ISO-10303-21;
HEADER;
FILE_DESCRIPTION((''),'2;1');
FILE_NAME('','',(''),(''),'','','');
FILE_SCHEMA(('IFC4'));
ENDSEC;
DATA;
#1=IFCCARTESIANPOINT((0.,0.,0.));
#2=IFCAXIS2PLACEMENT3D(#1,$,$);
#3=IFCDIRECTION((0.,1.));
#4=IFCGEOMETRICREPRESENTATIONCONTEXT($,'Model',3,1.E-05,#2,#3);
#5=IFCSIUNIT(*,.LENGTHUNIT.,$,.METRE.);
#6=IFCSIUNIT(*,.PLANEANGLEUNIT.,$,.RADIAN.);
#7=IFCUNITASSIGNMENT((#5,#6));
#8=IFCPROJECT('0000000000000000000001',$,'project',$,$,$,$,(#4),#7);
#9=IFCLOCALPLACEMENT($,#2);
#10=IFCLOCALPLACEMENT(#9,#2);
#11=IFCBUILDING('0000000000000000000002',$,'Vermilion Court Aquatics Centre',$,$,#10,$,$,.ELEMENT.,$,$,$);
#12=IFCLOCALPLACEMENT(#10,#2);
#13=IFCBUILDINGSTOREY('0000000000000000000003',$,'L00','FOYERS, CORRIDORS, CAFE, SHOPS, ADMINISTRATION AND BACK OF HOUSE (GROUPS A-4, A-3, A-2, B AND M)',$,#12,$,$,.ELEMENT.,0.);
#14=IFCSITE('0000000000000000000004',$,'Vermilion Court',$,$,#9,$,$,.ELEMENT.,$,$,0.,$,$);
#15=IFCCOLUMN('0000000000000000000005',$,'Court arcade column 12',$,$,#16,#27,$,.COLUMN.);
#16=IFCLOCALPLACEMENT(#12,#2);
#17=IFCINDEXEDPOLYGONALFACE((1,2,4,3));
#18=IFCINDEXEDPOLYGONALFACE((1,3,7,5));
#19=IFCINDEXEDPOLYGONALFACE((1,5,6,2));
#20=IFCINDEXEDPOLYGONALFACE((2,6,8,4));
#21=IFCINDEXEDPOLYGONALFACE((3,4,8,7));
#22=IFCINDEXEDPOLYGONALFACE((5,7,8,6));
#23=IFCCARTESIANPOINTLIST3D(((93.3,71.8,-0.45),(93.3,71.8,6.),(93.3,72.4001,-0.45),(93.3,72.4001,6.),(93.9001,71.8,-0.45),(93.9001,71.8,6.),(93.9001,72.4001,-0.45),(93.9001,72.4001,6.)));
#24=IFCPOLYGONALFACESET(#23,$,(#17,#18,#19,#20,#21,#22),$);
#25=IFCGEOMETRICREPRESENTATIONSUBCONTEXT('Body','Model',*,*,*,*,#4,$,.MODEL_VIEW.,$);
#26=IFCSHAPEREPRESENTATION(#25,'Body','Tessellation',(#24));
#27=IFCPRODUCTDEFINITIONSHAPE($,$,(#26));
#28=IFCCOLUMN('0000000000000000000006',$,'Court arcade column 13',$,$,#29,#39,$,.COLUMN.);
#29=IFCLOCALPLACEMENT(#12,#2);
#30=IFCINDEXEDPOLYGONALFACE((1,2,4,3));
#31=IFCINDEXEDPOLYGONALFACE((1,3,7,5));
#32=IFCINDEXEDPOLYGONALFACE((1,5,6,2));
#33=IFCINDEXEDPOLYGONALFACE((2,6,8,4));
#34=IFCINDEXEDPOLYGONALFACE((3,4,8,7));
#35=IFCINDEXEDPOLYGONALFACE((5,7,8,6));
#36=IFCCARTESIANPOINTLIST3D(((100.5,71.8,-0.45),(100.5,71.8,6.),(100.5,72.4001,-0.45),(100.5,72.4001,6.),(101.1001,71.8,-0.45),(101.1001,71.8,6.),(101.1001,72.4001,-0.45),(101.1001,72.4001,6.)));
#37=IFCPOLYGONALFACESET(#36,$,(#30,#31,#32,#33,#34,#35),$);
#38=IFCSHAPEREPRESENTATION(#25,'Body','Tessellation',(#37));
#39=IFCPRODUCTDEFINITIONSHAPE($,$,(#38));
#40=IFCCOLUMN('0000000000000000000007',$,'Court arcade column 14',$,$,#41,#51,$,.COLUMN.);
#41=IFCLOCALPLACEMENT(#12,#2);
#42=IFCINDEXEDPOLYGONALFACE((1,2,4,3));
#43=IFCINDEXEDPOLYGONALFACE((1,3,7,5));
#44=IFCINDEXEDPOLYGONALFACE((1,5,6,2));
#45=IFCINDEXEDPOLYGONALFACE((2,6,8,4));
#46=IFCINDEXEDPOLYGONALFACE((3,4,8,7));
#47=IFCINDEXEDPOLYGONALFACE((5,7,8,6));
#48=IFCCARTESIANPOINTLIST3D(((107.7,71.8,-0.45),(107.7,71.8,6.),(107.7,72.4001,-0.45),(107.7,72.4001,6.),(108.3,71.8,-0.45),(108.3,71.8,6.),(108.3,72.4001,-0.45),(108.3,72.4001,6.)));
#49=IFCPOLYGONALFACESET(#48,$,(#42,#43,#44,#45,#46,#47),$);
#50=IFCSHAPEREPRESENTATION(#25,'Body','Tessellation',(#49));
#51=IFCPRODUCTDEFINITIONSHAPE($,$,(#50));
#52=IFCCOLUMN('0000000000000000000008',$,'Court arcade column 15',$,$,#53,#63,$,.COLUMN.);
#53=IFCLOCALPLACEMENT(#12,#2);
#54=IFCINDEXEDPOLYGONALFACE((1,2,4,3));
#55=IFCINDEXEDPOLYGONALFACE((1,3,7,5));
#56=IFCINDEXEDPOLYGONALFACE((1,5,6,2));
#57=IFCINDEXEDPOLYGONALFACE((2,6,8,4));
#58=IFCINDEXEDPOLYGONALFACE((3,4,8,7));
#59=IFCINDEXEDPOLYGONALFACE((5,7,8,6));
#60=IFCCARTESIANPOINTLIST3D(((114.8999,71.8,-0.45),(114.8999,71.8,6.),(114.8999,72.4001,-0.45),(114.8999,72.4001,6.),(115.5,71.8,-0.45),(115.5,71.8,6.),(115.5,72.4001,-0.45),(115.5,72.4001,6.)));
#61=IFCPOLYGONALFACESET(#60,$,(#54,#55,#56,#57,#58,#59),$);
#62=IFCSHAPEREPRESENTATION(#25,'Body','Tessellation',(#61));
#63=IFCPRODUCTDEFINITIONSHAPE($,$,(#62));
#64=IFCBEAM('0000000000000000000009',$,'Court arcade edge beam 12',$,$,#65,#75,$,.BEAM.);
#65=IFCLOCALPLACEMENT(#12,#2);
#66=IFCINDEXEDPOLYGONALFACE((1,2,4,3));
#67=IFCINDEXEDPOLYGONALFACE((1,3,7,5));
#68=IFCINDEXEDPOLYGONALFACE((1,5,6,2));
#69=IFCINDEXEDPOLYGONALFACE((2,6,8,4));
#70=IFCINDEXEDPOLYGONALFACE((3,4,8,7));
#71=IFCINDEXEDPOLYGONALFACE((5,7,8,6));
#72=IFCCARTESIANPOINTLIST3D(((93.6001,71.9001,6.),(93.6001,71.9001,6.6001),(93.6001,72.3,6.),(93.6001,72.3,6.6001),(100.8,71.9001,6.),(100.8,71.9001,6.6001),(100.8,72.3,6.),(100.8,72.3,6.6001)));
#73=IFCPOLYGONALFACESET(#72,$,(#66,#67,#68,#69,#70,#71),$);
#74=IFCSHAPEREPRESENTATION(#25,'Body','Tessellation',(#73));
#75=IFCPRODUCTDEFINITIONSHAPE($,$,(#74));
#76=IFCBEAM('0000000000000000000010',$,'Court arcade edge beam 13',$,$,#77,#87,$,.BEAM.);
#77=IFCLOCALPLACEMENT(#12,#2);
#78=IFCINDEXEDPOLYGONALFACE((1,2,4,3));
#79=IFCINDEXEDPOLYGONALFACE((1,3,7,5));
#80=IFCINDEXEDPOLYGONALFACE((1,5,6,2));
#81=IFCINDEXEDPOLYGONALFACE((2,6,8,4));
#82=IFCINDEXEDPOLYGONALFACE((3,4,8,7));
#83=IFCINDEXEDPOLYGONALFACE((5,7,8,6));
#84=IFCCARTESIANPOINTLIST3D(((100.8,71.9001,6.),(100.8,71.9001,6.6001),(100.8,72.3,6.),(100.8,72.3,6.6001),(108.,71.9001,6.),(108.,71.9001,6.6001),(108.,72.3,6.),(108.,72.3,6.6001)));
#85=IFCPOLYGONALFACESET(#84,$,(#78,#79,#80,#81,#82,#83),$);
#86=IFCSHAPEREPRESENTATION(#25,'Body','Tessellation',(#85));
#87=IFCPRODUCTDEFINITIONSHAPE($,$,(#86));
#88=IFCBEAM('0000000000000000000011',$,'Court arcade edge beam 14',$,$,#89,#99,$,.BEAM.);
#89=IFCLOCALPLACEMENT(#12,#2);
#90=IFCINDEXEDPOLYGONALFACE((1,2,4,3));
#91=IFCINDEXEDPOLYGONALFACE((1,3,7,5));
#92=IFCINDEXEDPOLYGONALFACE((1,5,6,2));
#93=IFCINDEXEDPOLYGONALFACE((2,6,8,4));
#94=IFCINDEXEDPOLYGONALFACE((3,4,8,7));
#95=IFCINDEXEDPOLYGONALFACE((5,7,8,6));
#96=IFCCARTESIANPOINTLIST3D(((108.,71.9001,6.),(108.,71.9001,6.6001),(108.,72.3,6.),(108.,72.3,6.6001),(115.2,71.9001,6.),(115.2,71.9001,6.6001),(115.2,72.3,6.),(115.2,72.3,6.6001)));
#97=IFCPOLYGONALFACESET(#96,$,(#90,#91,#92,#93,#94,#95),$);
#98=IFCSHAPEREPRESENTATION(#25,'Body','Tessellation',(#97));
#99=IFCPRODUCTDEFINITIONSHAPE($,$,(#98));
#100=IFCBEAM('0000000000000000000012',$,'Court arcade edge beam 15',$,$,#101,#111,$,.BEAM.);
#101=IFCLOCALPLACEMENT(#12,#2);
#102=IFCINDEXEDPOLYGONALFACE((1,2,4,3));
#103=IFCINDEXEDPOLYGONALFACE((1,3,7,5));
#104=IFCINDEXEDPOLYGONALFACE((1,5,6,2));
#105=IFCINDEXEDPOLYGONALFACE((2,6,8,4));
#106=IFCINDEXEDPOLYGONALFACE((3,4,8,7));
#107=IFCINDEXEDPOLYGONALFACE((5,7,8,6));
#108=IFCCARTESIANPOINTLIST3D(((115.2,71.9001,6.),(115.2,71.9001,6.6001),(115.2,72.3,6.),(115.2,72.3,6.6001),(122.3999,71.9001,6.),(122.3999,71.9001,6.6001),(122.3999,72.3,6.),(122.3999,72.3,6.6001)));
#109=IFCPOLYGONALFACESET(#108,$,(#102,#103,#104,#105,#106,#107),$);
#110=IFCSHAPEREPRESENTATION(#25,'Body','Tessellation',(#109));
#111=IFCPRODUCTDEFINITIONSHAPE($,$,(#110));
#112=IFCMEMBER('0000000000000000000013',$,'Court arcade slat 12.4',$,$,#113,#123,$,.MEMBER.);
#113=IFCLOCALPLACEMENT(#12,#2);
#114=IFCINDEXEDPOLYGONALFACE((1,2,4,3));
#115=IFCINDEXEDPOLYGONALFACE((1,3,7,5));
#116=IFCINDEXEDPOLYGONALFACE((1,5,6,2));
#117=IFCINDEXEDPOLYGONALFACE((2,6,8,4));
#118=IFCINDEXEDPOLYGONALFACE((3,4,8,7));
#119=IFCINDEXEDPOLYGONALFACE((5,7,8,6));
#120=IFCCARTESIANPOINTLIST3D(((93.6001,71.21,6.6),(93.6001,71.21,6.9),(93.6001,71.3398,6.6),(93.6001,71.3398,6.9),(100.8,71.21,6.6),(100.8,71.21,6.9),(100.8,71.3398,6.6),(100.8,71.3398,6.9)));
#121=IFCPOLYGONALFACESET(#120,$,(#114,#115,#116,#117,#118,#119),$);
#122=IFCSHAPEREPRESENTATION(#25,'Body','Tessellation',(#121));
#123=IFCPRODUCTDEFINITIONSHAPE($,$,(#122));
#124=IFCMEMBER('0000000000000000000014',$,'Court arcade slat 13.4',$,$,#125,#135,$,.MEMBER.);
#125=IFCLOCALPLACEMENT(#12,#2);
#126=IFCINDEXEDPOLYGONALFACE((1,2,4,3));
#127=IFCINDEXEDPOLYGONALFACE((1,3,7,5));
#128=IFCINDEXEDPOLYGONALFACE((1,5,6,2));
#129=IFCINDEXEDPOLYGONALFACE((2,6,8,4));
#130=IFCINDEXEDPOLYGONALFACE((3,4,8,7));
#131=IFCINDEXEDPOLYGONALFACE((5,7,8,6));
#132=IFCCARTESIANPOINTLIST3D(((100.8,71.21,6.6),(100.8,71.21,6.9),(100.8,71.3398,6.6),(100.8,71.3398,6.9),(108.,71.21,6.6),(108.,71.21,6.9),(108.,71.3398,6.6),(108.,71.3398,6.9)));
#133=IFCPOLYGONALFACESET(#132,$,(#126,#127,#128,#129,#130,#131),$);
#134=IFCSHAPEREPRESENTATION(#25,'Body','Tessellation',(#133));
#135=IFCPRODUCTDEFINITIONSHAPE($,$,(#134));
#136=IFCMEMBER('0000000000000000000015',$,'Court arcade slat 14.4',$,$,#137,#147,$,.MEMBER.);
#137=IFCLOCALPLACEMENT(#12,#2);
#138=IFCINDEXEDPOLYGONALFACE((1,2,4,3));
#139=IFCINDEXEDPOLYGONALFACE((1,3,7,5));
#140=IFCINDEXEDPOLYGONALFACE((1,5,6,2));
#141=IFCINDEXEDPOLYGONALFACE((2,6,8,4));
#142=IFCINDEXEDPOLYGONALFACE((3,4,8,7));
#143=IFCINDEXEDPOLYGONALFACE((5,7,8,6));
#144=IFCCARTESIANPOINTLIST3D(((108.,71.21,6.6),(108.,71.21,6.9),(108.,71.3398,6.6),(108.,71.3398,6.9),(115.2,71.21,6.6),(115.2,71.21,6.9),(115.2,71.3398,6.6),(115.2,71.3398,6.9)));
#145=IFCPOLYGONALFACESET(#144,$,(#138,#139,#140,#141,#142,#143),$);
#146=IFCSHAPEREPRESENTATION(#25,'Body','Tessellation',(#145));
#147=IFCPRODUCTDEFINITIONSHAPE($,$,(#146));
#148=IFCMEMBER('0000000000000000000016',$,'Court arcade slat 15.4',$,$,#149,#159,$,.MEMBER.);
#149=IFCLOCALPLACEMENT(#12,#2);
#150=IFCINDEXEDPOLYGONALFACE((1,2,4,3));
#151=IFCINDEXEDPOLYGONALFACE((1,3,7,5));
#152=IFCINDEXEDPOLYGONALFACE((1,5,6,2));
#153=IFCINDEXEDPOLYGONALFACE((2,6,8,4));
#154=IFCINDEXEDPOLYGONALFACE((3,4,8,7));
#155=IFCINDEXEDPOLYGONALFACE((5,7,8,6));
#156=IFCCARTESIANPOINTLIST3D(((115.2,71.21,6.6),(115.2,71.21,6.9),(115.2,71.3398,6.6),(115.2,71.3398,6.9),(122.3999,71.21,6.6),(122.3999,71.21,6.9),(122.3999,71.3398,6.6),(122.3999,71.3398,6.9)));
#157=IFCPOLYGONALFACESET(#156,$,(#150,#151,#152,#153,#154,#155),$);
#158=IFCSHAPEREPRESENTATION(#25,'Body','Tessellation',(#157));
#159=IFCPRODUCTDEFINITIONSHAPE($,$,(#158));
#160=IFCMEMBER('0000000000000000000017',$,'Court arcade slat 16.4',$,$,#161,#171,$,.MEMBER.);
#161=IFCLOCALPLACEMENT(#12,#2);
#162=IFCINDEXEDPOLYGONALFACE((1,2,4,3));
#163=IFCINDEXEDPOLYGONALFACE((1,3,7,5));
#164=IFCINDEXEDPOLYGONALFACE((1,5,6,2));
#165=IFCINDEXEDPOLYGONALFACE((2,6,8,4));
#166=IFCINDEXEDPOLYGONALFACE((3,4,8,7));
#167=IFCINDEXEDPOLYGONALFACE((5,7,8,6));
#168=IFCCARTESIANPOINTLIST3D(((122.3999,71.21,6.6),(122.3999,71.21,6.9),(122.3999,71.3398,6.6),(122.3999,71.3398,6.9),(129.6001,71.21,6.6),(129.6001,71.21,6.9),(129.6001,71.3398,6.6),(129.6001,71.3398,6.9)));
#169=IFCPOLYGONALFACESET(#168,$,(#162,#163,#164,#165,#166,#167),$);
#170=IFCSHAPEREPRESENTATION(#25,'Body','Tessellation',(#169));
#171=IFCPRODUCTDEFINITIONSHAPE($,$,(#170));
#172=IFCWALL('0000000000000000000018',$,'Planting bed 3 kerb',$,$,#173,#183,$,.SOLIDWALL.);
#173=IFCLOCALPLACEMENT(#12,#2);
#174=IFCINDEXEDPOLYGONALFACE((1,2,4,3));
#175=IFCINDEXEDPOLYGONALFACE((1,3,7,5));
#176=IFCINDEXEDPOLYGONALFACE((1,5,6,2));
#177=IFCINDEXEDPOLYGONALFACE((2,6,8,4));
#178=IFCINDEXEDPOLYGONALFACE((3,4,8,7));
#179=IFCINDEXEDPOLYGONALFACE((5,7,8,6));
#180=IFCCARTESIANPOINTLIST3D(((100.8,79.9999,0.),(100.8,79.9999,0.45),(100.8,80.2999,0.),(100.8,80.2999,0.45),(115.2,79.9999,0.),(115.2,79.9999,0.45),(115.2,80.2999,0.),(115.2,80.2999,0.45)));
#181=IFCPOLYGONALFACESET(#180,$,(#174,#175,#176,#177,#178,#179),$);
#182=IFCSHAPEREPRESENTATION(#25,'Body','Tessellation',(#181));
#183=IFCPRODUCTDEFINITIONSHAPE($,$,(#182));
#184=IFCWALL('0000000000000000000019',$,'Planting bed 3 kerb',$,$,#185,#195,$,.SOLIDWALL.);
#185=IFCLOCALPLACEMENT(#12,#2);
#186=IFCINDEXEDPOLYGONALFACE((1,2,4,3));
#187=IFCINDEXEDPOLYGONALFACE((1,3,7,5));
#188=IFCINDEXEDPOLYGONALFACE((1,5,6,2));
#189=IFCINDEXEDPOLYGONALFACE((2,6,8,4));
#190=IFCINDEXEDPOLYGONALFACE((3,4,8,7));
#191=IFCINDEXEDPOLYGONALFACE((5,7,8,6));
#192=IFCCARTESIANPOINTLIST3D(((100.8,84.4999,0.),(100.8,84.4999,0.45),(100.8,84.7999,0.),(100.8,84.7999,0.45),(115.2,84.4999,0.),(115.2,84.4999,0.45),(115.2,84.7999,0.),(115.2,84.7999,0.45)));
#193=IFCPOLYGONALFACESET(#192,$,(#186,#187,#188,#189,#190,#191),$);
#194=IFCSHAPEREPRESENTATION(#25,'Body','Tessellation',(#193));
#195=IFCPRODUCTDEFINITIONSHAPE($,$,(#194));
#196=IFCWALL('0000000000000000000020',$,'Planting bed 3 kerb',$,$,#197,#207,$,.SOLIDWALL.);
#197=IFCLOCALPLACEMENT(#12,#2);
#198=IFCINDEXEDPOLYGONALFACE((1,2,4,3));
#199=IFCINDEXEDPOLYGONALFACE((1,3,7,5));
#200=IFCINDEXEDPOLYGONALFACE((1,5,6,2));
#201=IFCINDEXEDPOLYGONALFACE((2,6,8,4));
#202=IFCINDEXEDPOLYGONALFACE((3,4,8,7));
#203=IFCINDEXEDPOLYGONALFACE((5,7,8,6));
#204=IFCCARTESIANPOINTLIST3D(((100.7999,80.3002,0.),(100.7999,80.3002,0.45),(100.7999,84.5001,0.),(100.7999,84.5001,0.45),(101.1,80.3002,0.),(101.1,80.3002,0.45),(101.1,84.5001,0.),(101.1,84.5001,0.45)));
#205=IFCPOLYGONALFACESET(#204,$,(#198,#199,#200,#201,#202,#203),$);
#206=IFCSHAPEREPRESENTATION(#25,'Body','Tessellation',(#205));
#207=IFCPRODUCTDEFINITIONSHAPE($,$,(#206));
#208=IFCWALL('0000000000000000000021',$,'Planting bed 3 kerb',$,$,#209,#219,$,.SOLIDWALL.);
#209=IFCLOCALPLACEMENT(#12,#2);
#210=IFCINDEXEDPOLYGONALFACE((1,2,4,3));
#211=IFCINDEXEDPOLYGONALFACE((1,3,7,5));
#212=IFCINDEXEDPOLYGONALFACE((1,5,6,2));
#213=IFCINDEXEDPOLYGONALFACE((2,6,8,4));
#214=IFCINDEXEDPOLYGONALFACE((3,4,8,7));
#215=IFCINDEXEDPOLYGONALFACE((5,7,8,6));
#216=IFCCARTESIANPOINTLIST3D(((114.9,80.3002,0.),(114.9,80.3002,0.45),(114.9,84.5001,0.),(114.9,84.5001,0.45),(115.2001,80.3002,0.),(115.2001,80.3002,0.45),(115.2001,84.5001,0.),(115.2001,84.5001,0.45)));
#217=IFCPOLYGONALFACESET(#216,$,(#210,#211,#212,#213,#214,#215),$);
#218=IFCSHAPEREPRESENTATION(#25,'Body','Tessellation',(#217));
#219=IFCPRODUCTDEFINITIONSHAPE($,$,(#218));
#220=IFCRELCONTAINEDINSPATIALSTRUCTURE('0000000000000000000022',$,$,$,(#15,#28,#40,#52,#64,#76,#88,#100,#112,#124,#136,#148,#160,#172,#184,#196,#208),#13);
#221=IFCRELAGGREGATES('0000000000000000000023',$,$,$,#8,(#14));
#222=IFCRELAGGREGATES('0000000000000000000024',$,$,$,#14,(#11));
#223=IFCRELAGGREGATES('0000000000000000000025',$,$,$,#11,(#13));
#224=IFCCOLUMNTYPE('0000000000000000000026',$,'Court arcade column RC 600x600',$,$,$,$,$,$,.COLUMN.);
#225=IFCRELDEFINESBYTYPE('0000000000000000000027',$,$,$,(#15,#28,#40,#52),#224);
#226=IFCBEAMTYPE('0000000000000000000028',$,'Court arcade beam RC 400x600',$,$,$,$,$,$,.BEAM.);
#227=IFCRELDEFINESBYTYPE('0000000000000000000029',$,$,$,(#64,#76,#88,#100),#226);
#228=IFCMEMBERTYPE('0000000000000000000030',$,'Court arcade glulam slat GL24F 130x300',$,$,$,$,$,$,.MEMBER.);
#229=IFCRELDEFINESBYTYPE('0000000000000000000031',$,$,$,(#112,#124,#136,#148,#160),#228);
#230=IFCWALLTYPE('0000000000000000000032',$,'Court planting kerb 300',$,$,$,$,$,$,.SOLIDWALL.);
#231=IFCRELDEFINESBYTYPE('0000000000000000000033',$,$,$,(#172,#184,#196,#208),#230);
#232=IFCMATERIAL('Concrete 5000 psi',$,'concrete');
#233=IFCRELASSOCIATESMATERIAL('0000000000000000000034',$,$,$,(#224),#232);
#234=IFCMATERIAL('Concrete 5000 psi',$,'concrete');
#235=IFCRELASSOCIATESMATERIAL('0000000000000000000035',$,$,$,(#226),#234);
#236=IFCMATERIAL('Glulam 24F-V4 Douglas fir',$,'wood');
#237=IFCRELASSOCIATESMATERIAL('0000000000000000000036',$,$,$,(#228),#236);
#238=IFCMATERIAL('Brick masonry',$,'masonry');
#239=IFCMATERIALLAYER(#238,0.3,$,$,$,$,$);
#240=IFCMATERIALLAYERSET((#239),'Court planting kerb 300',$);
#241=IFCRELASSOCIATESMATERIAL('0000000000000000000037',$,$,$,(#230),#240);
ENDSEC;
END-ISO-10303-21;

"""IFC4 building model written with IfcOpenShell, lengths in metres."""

from ifc_helpers import new_model, si_unit, direction, frame, frame_2d, origin, origin_2d, place, context, subcontext, project, spatial, rectangle, extrude, material, layer, layer_set, material_profile, profile_set, type_object, element, save


model = new_model("IFC4")

# Units and contexts
model_context = context("Model", 3, precision=1e-05, world=origin(), true_north=direction((0.0, 1.0)))
body_context = subcontext(model_context, "Body", "Model", "MODEL_VIEW")
ifc_project = project(units=[si_unit("LENGTHUNIT", "METRE"), si_unit("PLANEANGLEUNIT", "RADIAN")], contexts=[model_context])

# Site, building, storey
site_placement = place(None, origin())
site = spatial("IfcSite", under=ifc_project, at=site_placement, Name="Vermilion Court", CompositionType="ELEMENT", RefElevation=0.0)
building_placement = place(site_placement, origin())
building = spatial("IfcBuilding", under=site, at=building_placement, Name="Vermilion Court Aquatics Centre", CompositionType="ELEMENT")
storey_placement = place(building_placement, origin())
storey = spatial("IfcBuildingStorey", under=building, at=storey_placement, Name="L00", Description="FOYERS, CORRIDORS, CAFE, SHOPS, ADMINISTRATION AND BACK OF HOUSE (GROUPS A-4, A-3, A-2, B AND M)", CompositionType="ELEMENT", Elevation=0.0)

# Columns
ifc_material_1 = material(Name="Concrete 5000 psi", Category="concrete")
ifc_material_profile_1 = material_profile(ifc_material_1, rectangle(XDim=0.6001, YDim=0.6001, at=origin_2d()), Name="RC 600x600")
ifc_profile_set_1 = profile_set([ifc_material_profile_1], Name="Concrete 5000 psi")
column_type = type_object("IfcColumnType", Name="Court arcade column RC 600x600", PredefinedType="COLUMN", material=ifc_profile_set_1)
for number, where, z_axis, x_axis, name in (
    (1, (93.6001, 72.1001, -0.45), (0.0, 0.0, 1.0), (1.0, 0.0, 0.0), "Court arcade column 12"),
    (2, (100.8, 72.1001, -0.45), (0.0, 0.0, 1.0), (1.0, 0.0, 0.0), "Court arcade column 13"),
    (3, (108.0, 72.1001, -0.45), (0.0, 0.0, 1.0), (1.0, 0.0, 0.0), "Court arcade column 14"),
    (4, (115.2, 72.1001, -0.45), (0.0, 0.0, 1.0), (1.0, 0.0, 0.0), "Court arcade column 15"),
):
    element("IfcColumn", number, at=place(storey_placement, frame(where, z_axis=z_axis, x_axis=x_axis)), inside=storey, type_object=column_type, Name=name, PredefinedType="COLUMN", context=body_context, shape_type="SweptSolid", body=[
        extrude(rectangle(XDim=0.6001, YDim=0.6001, at=origin_2d()), origin(), (0.0, 0.0, 1.0), 6.45),
    ])

# Beams
ifc_material_2 = material(Name="Concrete 5000 psi", Category="concrete")
ifc_material_profile_2 = material_profile(ifc_material_2, rectangle(XDim=0.3999, YDim=0.6001, at=origin_2d()), Name="RC 400x600")
ifc_profile_set_2 = profile_set([ifc_material_profile_2], Name="Concrete 5000 psi")
beam_type = type_object("IfcBeamType", Name="Court arcade beam RC 400x600", PredefinedType="BEAM", material=ifc_profile_set_2)
for number, where, z_axis, x_axis, name in (
    (5, (93.6001, 72.1001, 6.3), (1.0, 0.0, 0.0), (0.0, 1.0, 0.0), "Court arcade edge beam 12"),
    (6, (100.8, 72.1001, 6.3), (1.0, 0.0, 0.0), (0.0, 1.0, 0.0), "Court arcade edge beam 13"),
    (7, (108.0, 72.1001, 6.3), (1.0, 0.0, 0.0), (0.0, 1.0, 0.0), "Court arcade edge beam 14"),
    (8, (115.2, 72.1001, 6.3), (1.0, 0.0, 0.0), (0.0, 1.0, 0.0), "Court arcade edge beam 15"),
):
    element("IfcBeam", number, at=place(storey_placement, frame(where, z_axis=z_axis, x_axis=x_axis)), inside=storey, type_object=beam_type, Name=name, PredefinedType="BEAM", context=body_context, shape_type="SweptSolid", body=[
        extrude(rectangle(XDim=0.3999, YDim=0.6001, at=origin_2d()), origin(), (0.0, 0.0, 1.0), 7.2),
    ])

# Members
ifc_material_3 = material(Name="Glulam 24F-V4 Douglas fir", Category="wood")
ifc_material_profile_3 = material_profile(ifc_material_3, rectangle(XDim=0.1299, YDim=0.3, at=origin_2d()), Name="GL24F 130x300")
ifc_profile_set_3 = profile_set([ifc_material_profile_3], Name="Glulam 24F-V4 Douglas fir")
member_type = type_object("IfcMemberType", Name="Court arcade glulam slat GL24F 130x300", PredefinedType="MEMBER", material=ifc_profile_set_3)
for number, where, z_axis, x_axis, name in (
    (9, (93.6001, 71.2749, 6.75), (1.0, 0.0, 0.0), (0.0, 1.0, 0.0), "Court arcade slat 12.4"),
    (10, (100.8, 71.2749, 6.75), (1.0, 0.0, 0.0), (0.0, 1.0, 0.0), "Court arcade slat 13.4"),
    (11, (108.0, 71.2749, 6.75), (1.0, 0.0, 0.0), (0.0, 1.0, 0.0), "Court arcade slat 14.4"),
    (12, (115.2, 71.2749, 6.75), (1.0, 0.0, 0.0), (0.0, 1.0, 0.0), "Court arcade slat 15.4"),
):
    element("IfcMember", number, at=place(storey_placement, frame(where, z_axis=z_axis, x_axis=x_axis)), inside=storey, type_object=member_type, Name=name, PredefinedType="MEMBER", context=body_context, shape_type="SweptSolid", body=[
        extrude(rectangle(XDim=0.1299, YDim=0.3, at=origin_2d()), origin(), (0.0, 0.0, 1.0), 7.2),
    ])
member_placement = place(storey_placement, frame((122.3999, 71.2749, 6.75), z_axis=(1.0, 0.0, 0.0), x_axis=(0.0, 1.0, 0.0)))
element("IfcMember", 13, at=member_placement, inside=storey, type_object=member_type, Name="Court arcade slat 16.4", PredefinedType="MEMBER", context=body_context, shape_type="SweptSolid", body=[
    extrude(rectangle(XDim=0.1299, YDim=0.3, at=origin_2d()), origin(), (0.0, 0.0, 1.0), 7.2002),
])

# Walls
ifc_material_4 = material(Name="Brick masonry", Category="masonry")
ifc_layer = layer(ifc_material_4, 0.3)
ifc_layer_set = layer_set([ifc_layer], Name="Court planting kerb 300")
wall_type = type_object("IfcWallType", Name="Court planting kerb 300", PredefinedType="SOLIDWALL", material=ifc_layer_set)
for number, where, z_axis, x_axis, name in (
    (14, (100.8, 80.1499, 0.0), (0.0, 0.0, 1.0), (1.0, 0.0, 0.0), "Planting bed 3 kerb"),
    (15, (100.8, 84.6499, 0.0), (0.0, 0.0, 1.0), (1.0, 0.0, 0.0), "Planting bed 3 kerb"),
):
    element("IfcWall", number, at=place(storey_placement, frame(where, z_axis=z_axis, x_axis=x_axis)), inside=storey, type_object=wall_type, Name=name, PredefinedType="SOLIDWALL", context=body_context, shape_type="SweptSolid", body=[
        extrude(rectangle(XDim=14.3999, YDim=0.3, at=frame_2d((7.2, 0.0))), origin(), (0.0, 0.0, 1.0), 0.45),
    ])
for number, where, z_axis, x_axis, name in (
    (16, (100.95, 80.3, 0.0), (0.0, 0.0, 1.0), (0.0, 1.0, 0.0), "Planting bed 3 kerb"),
    (17, (115.05, 80.3, 0.0), (0.0, 0.0, 1.0), (0.0, 1.0, 0.0), "Planting bed 3 kerb"),
):
    element("IfcWall", number, at=place(storey_placement, frame(where, z_axis=z_axis, x_axis=x_axis)), inside=storey, type_object=wall_type, Name=name, PredefinedType="SOLIDWALL", context=body_context, shape_type="SweptSolid", body=[
        extrude(rectangle(XDim=4.2, YDim=0.3, at=frame_2d((2.1001, 0.0))), origin(), (0.0, 0.0, 1.0), 0.45),
    ])

save(model, "model.ifc")
